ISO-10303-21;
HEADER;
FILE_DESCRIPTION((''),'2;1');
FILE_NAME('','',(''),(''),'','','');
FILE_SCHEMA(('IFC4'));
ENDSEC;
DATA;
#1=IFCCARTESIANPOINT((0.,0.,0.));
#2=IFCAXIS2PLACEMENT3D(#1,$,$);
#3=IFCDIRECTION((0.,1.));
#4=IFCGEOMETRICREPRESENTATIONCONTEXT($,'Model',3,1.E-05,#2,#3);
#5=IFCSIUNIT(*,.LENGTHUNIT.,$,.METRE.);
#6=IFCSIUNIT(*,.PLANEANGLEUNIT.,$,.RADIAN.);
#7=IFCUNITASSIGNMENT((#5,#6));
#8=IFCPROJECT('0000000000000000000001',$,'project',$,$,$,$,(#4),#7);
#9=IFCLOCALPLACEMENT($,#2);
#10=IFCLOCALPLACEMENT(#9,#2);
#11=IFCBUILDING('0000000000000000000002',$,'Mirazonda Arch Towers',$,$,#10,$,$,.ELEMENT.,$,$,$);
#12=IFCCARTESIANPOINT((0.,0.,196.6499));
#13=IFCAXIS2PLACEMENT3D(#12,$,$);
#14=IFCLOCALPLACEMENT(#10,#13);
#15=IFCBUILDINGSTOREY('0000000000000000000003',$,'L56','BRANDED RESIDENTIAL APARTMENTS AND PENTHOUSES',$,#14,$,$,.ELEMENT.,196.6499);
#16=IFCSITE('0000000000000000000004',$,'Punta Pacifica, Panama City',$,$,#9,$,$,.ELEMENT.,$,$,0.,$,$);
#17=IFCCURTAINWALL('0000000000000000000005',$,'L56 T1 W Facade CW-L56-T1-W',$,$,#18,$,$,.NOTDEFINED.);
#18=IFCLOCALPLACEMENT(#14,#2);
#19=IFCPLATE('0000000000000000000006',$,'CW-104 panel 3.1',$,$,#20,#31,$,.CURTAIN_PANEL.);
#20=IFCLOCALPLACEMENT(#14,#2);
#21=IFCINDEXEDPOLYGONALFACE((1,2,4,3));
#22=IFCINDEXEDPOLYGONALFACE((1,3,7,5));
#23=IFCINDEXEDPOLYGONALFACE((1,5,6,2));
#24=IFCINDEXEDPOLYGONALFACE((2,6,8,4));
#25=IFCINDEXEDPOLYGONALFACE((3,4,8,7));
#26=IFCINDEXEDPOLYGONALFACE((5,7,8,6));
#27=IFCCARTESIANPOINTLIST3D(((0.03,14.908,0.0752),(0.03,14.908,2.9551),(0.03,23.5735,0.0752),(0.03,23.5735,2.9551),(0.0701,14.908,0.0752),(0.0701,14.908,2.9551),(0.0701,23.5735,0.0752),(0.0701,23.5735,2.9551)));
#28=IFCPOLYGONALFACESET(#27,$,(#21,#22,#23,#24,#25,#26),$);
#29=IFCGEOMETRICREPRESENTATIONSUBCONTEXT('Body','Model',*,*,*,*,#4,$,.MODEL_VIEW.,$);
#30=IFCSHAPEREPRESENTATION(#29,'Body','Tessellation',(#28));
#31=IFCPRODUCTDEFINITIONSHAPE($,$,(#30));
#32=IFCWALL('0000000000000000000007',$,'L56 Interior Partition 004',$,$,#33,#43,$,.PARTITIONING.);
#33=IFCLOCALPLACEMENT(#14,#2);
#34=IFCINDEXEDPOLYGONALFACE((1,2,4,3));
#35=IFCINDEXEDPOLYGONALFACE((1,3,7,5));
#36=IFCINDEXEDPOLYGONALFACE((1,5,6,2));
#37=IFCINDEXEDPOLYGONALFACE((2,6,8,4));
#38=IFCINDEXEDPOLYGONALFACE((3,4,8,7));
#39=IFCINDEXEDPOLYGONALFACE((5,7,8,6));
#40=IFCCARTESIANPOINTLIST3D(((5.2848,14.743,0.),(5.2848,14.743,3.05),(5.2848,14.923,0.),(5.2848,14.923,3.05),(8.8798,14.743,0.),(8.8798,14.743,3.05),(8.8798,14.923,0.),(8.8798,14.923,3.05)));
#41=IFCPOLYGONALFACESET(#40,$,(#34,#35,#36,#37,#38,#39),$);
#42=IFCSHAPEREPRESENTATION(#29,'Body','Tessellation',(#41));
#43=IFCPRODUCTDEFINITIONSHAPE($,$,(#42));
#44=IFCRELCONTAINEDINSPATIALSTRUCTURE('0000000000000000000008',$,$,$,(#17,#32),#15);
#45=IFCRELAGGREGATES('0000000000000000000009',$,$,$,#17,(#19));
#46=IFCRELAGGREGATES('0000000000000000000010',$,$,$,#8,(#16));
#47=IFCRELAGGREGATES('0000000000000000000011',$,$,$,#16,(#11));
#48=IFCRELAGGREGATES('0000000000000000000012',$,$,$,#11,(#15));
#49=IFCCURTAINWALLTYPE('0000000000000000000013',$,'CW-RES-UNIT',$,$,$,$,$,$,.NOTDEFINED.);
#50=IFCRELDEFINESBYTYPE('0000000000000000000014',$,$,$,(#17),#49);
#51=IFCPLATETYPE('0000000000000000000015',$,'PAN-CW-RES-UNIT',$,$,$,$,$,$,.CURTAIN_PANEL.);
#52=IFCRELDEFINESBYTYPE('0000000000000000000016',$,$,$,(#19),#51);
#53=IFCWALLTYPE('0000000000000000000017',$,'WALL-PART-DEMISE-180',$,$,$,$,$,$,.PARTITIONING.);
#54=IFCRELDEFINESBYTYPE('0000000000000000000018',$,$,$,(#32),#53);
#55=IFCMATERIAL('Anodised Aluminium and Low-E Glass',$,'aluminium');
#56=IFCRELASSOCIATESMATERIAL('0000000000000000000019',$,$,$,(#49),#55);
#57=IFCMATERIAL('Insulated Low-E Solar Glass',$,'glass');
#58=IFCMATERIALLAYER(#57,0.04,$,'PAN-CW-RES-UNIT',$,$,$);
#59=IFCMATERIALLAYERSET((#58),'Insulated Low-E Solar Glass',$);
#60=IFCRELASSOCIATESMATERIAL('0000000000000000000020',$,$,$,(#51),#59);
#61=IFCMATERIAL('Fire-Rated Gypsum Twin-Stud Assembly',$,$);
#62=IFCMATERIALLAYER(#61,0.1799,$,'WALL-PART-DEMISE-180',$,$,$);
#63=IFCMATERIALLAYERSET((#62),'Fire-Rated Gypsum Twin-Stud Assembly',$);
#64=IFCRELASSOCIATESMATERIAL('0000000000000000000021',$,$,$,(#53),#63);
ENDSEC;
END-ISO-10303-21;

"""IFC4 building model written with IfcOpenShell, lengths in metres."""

from ifc_helpers import new_model, si_unit, direction, frame, frame_2d, origin, origin_2d, place, context, subcontext, project, spatial, rectangle, extrude, material, layer, layer_set, type_object, element, aggregate, save


model = new_model("IFC4")

# Units and contexts
model_context = context("Model", 3, precision=1e-05, world=origin(), true_north=direction((0.0, 1.0)))
body_context = subcontext(model_context, "Body", "Model", "MODEL_VIEW")
ifc_project = project(units=[si_unit("LENGTHUNIT", "METRE"), si_unit("PLANEANGLEUNIT", "RADIAN")], contexts=[model_context])

# Site, building, storey
site_placement = place(None, origin())
site = spatial("IfcSite", under=ifc_project, at=site_placement, Name="Punta Pacifica, Panama City", CompositionType="ELEMENT", RefElevation=0.0)
building_placement = place(site_placement, origin())
building = spatial("IfcBuilding", under=site, at=building_placement, Name="Mirazonda Arch Towers", CompositionType="ELEMENT")
storey_placement = place(building_placement, frame((0.0, 0.0, 196.6499)))
storey = spatial("IfcBuildingStorey", under=building, at=storey_placement, Name="L56", Description="BRANDED RESIDENTIAL APARTMENTS AND PENTHOUSES", CompositionType="ELEMENT", Elevation=196.6499)

# Curtain wall, plate
ifc_material_1 = material(Name="Anodised Aluminium and Low-E Glass", Category="aluminium")
curtain_wall_type = type_object("IfcCurtainWallType", Name="CW-RES-UNIT", PredefinedType="NOTDEFINED", material=ifc_material_1)
curtain_wall_placement = place(storey_placement, origin())
curtain_wall = element("IfcCurtainWall", 1, at=curtain_wall_placement, inside=storey, type_object=curtain_wall_type, Name="L56 T1 W Facade CW-L56-T1-W", PredefinedType="NOTDEFINED")
ifc_material_2 = material(Name="Insulated Low-E Solar Glass", Category="glass")
ifc_layer_1 = layer(ifc_material_2, 0.04, Name="PAN-CW-RES-UNIT")
ifc_layer_set_1 = layer_set([ifc_layer_1], Name="Insulated Low-E Solar Glass")
plate_type = type_object("IfcPlateType", Name="PAN-CW-RES-UNIT", PredefinedType="CURTAIN_PANEL", material=ifc_layer_set_1)
plate_placement = place(storey_placement, frame((0.05, 19.2407, 0.0752), z_axis=(0.0, 0.0, 1.0), x_axis=(0.0, -1.0, 0.0)))
plate = element("IfcPlate", 2, at=plate_placement, type_object=plate_type, Name="CW-104 panel 3.1", PredefinedType="CURTAIN_PANEL", context=body_context, shape_type="SweptSolid", body=[
    extrude(rectangle(XDim=8.6655, YDim=0.04, at=origin_2d()), origin(), (0.0, 0.0, 1.0), 2.8799),
])
aggregate(curtain_wall, [plate])

# Wall
ifc_material_3 = material(Name="Fire-Rated Gypsum Twin-Stud Assembly")
ifc_layer_2 = layer(ifc_material_3, 0.1799, Name="WALL-PART-DEMISE-180")
ifc_layer_set_2 = layer_set([ifc_layer_2], Name="Fire-Rated Gypsum Twin-Stud Assembly")
wall_type = type_object("IfcWallType", Name="WALL-PART-DEMISE-180", PredefinedType="PARTITIONING", material=ifc_layer_set_2)
wall_1_placement = place(storey_placement, frame((5.2849, 14.833, 0.0), z_axis=(0.0, 0.0, 1.0), x_axis=(1.0, 0.0, 0.0)))
element("IfcWall", 3, at=wall_1_placement, inside=storey, type_object=wall_type, Name="L56 Interior Partition 004", PredefinedType="PARTITIONING", context=body_context, shape_type="SweptSolid", body=[
    extrude(rectangle(XDim=3.595, YDim=0.1799, at=frame_2d((1.7974, 0.0))), origin(), (0.0, 0.0, 1.0), 3.05),
])

save(model, "model.ifc")
